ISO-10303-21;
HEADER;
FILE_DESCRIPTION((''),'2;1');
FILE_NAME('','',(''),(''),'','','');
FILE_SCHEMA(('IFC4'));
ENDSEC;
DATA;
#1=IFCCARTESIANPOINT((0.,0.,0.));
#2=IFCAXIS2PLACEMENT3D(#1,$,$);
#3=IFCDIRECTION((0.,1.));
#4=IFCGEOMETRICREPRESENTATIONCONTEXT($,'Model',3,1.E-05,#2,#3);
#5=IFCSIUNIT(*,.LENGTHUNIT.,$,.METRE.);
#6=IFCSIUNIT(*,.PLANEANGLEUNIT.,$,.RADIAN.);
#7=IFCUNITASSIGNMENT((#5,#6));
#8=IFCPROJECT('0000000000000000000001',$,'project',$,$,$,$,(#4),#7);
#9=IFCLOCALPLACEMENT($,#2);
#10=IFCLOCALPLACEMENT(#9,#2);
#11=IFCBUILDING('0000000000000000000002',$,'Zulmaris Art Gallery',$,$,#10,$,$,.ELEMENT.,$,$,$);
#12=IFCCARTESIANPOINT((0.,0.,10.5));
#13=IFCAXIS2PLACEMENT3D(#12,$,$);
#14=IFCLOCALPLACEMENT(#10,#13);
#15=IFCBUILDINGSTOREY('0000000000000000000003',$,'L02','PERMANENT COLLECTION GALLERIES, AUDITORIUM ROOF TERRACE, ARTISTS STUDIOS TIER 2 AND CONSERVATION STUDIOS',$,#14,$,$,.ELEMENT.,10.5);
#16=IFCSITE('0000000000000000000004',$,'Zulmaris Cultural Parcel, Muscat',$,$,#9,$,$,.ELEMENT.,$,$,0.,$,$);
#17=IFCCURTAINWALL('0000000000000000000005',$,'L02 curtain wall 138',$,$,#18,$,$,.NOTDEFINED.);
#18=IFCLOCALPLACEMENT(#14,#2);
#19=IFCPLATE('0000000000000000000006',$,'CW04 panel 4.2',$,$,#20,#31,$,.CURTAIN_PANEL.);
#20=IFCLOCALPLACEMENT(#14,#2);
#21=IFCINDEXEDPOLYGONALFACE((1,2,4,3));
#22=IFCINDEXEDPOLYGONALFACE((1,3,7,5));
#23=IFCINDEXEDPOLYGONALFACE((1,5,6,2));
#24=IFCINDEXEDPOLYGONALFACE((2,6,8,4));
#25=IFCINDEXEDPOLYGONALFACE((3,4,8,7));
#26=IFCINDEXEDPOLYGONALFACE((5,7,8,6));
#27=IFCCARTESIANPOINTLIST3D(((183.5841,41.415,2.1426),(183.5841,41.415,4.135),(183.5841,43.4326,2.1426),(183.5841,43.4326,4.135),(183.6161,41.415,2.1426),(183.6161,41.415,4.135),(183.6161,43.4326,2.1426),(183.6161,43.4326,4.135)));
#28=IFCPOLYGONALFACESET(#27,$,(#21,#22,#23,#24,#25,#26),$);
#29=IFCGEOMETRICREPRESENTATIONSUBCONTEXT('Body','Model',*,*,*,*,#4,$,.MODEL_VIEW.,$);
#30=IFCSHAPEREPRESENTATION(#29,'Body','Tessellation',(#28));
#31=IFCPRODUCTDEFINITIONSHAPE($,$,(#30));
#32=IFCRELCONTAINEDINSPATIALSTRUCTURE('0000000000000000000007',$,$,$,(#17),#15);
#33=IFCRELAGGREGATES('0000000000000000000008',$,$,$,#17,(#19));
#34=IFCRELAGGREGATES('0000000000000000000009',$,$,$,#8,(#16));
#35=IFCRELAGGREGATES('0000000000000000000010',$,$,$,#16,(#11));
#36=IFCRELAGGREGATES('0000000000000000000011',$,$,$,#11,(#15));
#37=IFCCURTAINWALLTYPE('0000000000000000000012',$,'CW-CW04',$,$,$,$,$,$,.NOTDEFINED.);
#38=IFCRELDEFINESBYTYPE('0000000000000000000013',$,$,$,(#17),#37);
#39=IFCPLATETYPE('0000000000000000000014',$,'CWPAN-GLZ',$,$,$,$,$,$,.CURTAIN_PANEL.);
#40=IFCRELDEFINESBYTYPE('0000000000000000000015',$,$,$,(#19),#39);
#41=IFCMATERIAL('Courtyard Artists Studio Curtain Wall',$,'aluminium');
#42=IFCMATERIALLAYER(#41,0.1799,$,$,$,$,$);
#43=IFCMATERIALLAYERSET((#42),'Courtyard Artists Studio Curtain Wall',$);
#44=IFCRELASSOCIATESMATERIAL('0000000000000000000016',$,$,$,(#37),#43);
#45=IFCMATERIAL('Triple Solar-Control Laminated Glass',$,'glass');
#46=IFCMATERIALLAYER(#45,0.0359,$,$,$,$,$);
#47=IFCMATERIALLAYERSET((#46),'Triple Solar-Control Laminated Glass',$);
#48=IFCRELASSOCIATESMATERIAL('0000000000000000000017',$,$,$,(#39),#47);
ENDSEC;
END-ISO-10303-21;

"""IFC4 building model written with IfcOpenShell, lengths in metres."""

from ifc_helpers import new_model, si_unit, direction, frame, origin, origin_2d, place, context, subcontext, project, spatial, rectangle, extrude, material, layer, layer_set, type_object, element, aggregate, save


model = new_model("IFC4")

# Units and contexts
model_context = context("Model", 3, precision=1e-05, world=origin(), true_north=direction((0.0, 1.0)))
body_context = subcontext(model_context, "Body", "Model", "MODEL_VIEW")
ifc_project = project(units=[si_unit("LENGTHUNIT", "METRE"), si_unit("PLANEANGLEUNIT", "RADIAN")], contexts=[model_context])

# Site, building, storey
site_placement = place(None, origin())
site = spatial("IfcSite", under=ifc_project, at=site_placement, Name="Zulmaris Cultural Parcel, Muscat", CompositionType="ELEMENT", RefElevation=0.0)
building_placement = place(site_placement, origin())
building = spatial("IfcBuilding", under=site, at=building_placement, Name="Zulmaris Art Gallery", CompositionType="ELEMENT")
storey_placement = place(building_placement, frame((0.0, 0.0, 10.5)))
storey = spatial("IfcBuildingStorey", under=building, at=storey_placement, Name="L02", Description="PERMANENT COLLECTION GALLERIES, AUDITORIUM ROOF TERRACE, ARTISTS STUDIOS TIER 2 AND CONSERVATION STUDIOS", CompositionType="ELEMENT", Elevation=10.5)

# Shared definitions
ifc_material_1 = material(Name="Courtyard Artists Studio Curtain Wall", Category="aluminium")
ifc_layer_1 = layer(ifc_material_1, 0.1799)
ifc_layer_set_1 = layer_set([ifc_layer_1], Name="Courtyard Artists Studio Curtain Wall")
curtain_wall_type = type_object("IfcCurtainWallType", Name="CW-CW04", PredefinedType="NOTDEFINED", material=ifc_layer_set_1)

# Curtain wall
curtain_wall_1_placement = place(storey_placement, origin())
curtain_wall_1 = element("IfcCurtainWall", 1, at=curtain_wall_1_placement, inside=storey, type_object=curtain_wall_type, Name="L02 curtain wall 138", PredefinedType="NOTDEFINED")

# Plate
ifc_material_2 = material(Name="Triple Solar-Control Laminated Glass", Category="glass")
ifc_layer_2 = layer(ifc_material_2, 0.0359)
ifc_layer_set_2 = layer_set([ifc_layer_2], Name="Triple Solar-Control Laminated Glass")
plate_type = type_object("IfcPlateType", Name="CWPAN-GLZ", PredefinedType="CURTAIN_PANEL", material=ifc_layer_set_2)
plate_1_placement = place(storey_placement, frame((183.6001, 42.4238, 2.1426), z_axis=(0.0, 0.0, 1.0), x_axis=(0.0, -1.0, 0.0)))
plate_1 = element("IfcPlate", 2, at=plate_1_placement, type_object=plate_type, Name="CW04 panel 4.2", PredefinedType="CURTAIN_PANEL", context=body_context, shape_type="SweptSolid", body=[
    extrude(rectangle(XDim=2.0176, YDim=0.032, at=origin_2d()), origin(), (0.0, 0.0, 1.0), 1.9924),
])
aggregate(curtain_wall_1, [plate_1])

save(model, "model.ifc")
